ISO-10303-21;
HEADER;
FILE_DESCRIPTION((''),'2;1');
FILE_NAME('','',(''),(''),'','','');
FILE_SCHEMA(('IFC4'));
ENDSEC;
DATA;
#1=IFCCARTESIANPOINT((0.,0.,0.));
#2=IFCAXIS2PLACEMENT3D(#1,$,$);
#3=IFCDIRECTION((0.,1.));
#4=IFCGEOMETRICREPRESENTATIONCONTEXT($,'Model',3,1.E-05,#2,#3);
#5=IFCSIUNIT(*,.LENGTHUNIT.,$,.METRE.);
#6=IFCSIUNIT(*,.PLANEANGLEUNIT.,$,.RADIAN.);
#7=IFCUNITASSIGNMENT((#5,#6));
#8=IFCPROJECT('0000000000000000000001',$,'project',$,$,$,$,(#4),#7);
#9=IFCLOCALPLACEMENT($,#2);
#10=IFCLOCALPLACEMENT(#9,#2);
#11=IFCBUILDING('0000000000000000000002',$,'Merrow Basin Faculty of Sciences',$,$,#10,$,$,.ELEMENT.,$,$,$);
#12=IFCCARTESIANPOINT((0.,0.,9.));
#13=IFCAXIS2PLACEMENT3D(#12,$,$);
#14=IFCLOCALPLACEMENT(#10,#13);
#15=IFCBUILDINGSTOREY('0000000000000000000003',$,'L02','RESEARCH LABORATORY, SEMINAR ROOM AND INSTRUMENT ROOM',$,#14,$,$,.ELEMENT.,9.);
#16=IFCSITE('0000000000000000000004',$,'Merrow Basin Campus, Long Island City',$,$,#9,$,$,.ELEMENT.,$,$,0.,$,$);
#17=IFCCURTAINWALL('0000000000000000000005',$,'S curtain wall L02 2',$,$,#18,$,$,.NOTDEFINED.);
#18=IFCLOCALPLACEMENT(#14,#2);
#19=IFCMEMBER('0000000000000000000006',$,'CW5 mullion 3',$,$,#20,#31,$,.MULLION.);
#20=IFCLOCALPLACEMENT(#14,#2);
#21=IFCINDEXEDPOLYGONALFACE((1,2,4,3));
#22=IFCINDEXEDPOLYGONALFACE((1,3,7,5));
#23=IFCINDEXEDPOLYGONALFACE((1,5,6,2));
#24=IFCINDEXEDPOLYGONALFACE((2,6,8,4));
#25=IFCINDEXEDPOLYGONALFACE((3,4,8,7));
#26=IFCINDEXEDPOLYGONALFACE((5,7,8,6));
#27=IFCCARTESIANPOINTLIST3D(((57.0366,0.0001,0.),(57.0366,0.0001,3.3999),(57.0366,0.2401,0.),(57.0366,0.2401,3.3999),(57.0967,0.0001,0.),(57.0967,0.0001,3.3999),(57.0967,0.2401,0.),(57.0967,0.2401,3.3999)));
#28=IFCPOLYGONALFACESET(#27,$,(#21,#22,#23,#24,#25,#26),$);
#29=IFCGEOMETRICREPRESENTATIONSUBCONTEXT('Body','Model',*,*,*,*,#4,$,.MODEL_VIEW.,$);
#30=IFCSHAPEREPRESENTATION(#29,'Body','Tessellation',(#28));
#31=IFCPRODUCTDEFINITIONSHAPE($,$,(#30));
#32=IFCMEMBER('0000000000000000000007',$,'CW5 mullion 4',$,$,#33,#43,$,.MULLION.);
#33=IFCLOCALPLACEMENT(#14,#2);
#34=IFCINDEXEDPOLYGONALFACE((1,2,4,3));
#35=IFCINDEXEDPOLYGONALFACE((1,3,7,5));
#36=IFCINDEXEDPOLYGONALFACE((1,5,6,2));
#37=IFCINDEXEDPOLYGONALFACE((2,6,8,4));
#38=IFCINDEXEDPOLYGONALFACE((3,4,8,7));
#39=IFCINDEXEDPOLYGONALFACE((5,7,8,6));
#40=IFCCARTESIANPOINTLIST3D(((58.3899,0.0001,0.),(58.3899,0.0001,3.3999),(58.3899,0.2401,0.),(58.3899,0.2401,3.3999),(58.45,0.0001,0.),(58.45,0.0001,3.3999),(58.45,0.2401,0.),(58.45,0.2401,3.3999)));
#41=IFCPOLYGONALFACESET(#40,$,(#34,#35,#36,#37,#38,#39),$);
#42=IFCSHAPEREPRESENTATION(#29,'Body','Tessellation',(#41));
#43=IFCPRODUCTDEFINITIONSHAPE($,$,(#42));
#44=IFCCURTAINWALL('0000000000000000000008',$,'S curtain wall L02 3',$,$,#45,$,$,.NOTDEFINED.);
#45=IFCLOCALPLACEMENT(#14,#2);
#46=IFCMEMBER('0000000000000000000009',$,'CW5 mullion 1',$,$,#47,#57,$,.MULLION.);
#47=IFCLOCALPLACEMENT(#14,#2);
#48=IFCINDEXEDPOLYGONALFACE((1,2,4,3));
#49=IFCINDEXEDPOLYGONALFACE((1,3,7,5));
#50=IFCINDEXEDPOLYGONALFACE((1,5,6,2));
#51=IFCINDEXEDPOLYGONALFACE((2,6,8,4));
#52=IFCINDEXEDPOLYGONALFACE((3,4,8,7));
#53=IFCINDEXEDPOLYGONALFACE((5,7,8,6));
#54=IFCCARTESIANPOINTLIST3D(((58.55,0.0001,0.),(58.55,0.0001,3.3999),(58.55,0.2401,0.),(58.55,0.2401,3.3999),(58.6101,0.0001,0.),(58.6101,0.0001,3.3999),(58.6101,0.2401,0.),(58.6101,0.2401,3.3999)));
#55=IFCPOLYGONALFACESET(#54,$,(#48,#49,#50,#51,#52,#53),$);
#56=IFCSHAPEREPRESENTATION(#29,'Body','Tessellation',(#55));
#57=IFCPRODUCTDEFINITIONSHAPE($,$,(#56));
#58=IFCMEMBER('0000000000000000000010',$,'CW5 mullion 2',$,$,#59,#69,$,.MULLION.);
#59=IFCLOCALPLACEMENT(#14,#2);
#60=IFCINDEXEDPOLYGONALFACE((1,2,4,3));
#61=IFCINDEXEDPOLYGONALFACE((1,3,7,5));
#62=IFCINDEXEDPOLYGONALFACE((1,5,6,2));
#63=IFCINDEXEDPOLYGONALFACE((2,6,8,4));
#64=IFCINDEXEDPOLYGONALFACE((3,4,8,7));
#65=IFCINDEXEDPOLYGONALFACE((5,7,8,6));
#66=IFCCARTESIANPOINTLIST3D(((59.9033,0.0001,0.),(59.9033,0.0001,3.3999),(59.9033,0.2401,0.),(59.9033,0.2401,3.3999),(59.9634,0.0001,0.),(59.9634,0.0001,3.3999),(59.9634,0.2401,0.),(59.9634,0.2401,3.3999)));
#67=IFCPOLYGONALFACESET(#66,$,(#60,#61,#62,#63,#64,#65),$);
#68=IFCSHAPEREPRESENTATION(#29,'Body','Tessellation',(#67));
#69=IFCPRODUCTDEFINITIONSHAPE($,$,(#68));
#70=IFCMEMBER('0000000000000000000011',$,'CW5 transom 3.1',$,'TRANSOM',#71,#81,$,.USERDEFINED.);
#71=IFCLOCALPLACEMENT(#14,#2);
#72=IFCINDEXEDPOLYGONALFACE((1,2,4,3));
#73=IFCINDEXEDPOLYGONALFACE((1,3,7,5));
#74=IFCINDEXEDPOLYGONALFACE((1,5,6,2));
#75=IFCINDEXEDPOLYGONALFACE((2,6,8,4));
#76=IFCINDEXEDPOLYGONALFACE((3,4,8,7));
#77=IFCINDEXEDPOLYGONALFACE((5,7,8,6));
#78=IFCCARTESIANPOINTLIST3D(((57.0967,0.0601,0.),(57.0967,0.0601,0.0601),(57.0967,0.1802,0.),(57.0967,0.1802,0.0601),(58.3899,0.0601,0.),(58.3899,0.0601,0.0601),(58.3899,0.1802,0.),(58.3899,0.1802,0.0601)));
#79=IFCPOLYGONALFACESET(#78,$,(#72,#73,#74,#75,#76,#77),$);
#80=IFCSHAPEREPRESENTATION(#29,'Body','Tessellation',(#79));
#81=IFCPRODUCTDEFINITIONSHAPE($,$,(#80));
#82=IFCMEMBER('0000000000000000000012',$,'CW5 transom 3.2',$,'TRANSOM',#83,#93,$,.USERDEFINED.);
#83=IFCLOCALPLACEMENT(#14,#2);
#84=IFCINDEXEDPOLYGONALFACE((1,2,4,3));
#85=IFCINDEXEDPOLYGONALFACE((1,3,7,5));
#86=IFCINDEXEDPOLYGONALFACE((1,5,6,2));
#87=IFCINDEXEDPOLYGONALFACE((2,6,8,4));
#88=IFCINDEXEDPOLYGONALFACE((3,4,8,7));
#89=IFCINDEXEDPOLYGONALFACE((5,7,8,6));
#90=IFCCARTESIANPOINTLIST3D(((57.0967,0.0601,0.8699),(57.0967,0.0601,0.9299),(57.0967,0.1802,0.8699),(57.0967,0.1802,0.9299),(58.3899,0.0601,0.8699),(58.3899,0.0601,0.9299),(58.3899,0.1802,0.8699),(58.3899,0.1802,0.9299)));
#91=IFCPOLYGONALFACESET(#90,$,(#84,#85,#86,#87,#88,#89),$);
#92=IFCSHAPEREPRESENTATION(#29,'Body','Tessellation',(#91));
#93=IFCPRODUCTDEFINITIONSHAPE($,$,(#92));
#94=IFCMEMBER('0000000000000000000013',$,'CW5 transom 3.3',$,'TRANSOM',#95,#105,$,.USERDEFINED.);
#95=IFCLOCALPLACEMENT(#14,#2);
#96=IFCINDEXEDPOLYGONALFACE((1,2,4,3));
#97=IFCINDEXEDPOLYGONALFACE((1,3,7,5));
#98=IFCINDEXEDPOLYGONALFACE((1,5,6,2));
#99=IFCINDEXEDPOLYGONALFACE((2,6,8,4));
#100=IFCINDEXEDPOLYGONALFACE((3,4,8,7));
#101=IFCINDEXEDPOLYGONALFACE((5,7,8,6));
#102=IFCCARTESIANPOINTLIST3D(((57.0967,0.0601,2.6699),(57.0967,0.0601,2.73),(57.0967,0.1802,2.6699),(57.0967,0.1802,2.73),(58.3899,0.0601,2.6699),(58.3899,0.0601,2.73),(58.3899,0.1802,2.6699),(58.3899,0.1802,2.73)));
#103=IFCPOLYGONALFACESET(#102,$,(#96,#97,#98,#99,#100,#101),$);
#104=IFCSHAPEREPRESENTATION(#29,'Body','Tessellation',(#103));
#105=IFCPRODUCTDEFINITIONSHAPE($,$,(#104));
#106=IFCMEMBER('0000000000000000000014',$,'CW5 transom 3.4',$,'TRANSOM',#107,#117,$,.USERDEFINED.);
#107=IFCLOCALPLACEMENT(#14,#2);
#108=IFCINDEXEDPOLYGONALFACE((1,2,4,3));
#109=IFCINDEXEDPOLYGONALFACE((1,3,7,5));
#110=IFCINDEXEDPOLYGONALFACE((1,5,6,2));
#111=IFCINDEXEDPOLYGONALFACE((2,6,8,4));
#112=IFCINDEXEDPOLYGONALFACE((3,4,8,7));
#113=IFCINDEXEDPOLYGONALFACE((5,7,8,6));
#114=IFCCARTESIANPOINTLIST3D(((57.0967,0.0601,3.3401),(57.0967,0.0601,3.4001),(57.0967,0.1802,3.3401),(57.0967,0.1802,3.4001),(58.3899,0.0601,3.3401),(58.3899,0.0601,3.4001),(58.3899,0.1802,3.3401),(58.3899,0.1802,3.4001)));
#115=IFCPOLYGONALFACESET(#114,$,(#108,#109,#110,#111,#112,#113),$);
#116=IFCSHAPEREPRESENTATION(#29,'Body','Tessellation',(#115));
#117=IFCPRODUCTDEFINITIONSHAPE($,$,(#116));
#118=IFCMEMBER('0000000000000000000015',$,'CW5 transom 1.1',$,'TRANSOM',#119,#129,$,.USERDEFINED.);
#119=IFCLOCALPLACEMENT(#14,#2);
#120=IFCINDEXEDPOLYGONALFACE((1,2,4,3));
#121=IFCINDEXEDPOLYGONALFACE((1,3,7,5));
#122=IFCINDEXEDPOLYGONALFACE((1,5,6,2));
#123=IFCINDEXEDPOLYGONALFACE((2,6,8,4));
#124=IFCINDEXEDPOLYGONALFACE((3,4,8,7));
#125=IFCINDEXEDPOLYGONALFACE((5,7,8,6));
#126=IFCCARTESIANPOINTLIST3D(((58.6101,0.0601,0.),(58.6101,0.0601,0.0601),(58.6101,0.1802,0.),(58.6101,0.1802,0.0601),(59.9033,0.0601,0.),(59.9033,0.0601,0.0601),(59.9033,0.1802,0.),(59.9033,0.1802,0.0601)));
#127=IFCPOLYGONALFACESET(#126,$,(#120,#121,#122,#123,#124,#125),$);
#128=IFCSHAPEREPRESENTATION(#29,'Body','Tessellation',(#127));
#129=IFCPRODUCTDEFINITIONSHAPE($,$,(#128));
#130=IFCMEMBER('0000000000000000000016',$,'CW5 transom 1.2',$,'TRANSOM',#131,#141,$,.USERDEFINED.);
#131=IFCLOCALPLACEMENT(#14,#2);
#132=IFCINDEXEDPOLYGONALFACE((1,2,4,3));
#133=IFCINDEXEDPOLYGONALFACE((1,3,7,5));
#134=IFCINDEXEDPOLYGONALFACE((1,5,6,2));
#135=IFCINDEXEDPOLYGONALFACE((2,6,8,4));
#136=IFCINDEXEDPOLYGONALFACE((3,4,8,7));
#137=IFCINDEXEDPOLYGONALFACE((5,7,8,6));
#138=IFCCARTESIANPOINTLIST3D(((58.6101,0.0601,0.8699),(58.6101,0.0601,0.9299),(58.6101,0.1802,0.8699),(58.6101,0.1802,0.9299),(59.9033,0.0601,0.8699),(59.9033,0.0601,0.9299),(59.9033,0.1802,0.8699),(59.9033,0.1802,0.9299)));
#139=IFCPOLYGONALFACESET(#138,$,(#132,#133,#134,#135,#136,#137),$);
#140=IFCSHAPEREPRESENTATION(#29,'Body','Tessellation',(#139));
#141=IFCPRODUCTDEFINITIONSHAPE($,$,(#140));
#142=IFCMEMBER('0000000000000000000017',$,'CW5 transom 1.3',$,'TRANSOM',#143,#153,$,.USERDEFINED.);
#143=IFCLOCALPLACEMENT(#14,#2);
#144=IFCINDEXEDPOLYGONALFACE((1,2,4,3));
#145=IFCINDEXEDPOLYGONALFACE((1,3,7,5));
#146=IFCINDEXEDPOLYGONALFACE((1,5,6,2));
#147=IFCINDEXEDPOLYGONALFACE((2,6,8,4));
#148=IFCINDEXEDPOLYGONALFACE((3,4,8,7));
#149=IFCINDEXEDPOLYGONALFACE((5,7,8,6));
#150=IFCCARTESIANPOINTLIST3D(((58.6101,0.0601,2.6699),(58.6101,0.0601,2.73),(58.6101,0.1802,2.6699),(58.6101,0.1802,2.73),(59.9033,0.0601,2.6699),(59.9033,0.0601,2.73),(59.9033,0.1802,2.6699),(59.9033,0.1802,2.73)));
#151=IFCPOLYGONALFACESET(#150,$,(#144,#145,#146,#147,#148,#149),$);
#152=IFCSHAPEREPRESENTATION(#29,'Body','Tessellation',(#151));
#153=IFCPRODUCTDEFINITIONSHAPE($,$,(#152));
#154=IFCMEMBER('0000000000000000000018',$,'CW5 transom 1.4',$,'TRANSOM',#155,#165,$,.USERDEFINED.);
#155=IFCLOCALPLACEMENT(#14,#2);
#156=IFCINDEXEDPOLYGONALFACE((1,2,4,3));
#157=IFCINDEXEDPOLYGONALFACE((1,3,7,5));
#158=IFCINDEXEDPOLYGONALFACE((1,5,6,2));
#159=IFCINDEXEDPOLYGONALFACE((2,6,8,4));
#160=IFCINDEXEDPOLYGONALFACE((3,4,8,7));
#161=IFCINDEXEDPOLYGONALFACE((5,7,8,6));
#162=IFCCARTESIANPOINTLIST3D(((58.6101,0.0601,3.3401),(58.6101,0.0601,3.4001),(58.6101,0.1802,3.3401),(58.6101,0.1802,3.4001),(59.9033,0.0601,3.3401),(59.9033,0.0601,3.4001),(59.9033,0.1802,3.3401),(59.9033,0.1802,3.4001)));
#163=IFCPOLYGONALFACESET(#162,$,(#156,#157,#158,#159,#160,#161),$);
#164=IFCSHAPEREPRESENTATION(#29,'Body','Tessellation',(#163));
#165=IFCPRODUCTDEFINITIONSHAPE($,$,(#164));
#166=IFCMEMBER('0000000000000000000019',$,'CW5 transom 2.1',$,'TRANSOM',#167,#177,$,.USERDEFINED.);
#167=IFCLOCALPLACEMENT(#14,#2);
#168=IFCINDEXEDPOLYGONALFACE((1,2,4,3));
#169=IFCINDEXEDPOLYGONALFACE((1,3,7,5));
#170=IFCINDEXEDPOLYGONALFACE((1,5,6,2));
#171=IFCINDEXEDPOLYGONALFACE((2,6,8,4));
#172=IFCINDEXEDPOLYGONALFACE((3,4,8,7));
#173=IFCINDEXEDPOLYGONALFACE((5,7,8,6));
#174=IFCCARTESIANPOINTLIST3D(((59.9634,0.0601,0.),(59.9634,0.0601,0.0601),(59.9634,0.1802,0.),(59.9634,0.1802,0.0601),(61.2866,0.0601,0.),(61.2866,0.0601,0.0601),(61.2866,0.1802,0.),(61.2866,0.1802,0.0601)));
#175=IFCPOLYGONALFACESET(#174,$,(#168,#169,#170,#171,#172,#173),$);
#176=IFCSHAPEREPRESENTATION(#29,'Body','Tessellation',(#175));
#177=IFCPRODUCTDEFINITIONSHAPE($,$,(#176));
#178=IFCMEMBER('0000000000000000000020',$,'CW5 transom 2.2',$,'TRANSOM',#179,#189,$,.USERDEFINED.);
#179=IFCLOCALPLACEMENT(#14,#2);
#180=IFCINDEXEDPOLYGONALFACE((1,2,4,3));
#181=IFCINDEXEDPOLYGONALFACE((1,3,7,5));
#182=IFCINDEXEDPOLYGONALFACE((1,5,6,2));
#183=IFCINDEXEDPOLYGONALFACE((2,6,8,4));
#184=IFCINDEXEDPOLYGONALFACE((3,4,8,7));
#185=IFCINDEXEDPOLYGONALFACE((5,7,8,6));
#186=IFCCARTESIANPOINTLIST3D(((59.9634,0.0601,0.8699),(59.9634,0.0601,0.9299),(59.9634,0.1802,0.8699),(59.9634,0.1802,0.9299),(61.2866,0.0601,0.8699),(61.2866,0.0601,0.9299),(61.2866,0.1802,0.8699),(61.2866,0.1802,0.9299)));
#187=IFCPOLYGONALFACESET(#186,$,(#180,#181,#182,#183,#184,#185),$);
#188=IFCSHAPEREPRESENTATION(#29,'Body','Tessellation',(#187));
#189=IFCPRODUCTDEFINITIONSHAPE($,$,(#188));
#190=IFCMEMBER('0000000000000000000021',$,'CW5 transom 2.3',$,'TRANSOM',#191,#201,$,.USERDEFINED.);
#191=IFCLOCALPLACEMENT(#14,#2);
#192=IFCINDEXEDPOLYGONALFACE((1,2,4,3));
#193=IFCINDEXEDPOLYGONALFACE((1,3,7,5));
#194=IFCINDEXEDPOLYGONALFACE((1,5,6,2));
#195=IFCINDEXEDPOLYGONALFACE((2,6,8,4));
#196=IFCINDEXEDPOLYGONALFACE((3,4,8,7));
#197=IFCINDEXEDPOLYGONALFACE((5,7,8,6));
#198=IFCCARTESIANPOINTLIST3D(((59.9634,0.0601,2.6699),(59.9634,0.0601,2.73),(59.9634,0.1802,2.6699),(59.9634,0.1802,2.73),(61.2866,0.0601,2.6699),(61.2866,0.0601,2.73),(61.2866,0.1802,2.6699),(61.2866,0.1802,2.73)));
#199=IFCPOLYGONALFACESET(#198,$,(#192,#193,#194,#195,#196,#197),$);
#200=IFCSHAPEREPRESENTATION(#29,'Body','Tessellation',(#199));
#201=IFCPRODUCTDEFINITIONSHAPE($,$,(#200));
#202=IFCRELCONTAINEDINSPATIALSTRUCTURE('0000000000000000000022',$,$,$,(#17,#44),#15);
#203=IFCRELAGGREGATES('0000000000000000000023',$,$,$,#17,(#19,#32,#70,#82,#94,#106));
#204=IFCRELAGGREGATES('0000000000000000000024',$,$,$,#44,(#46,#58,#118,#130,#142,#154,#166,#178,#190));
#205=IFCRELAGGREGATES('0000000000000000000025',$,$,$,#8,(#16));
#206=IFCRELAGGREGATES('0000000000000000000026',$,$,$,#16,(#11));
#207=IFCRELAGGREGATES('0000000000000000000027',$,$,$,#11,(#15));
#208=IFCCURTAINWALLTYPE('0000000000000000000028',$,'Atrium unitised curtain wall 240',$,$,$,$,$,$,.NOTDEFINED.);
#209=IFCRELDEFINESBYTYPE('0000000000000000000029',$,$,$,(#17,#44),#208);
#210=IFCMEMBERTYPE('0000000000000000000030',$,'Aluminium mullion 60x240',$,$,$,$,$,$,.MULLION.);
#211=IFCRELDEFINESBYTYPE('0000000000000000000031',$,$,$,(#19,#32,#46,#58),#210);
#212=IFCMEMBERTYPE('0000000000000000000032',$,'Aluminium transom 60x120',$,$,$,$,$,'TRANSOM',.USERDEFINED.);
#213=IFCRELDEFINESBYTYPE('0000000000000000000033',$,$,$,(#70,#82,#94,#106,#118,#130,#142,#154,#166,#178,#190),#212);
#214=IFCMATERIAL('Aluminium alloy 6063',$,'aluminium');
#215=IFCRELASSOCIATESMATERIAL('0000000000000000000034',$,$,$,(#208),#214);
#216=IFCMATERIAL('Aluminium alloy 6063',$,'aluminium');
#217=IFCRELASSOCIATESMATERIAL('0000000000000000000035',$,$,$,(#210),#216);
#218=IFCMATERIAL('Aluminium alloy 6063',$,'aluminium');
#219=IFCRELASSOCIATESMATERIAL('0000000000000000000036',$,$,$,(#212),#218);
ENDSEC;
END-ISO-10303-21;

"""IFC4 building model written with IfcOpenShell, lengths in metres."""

from ifc_helpers import new_model, si_unit, direction, frame, origin, origin_2d, place, context, subcontext, project, spatial, rectangle, extrude, material, material_profile, profile_set, type_object, element, aggregate, save


model = new_model("IFC4")

# Units and contexts
model_context = context("Model", 3, precision=1e-05, world=origin(), true_north=direction((0.0, 1.0)))
body_context = subcontext(model_context, "Body", "Model", "MODEL_VIEW")
ifc_project = project(units=[si_unit("LENGTHUNIT", "METRE"), si_unit("PLANEANGLEUNIT", "RADIAN")], contexts=[model_context])

# Site, building, storey
site_placement = place(None, origin())
site = spatial("IfcSite", under=ifc_project, at=site_placement, Name="Merrow Basin Campus, Long Island City", CompositionType="ELEMENT", RefElevation=0.0)
building_placement = place(site_placement, origin())
building = spatial("IfcBuilding", under=site, at=building_placement, Name="Merrow Basin Faculty of Sciences", CompositionType="ELEMENT")
storey_placement = place(building_placement, frame((0.0, 0.0, 9.0)))
storey = spatial("IfcBuildingStorey", under=building, at=storey_placement, Name="L02", Description="RESEARCH LABORATORY, SEMINAR ROOM AND INSTRUMENT ROOM", CompositionType="ELEMENT", Elevation=9.0)

# Curtain walls, members
ifc_material_1 = material(Name="Aluminium alloy 6063", Category="aluminium")
curtain_wall_type = type_object("IfcCurtainWallType", Name="Atrium unitised curtain wall 240", PredefinedType="NOTDEFINED", material=ifc_material_1)
curtain_wall_1_placement = place(storey_placement, origin())
curtain_wall_1 = element("IfcCurtainWall", 1, at=curtain_wall_1_placement, inside=storey, type_object=curtain_wall_type, Name="S curtain wall L02 2", PredefinedType="NOTDEFINED")
ifc_material_2 = material(Name="Aluminium alloy 6063", Category="aluminium")
ifc_material_profile_1 = material_profile(ifc_material_2, rectangle(XDim=0.24, YDim=0.0601, at=origin_2d()))
ifc_profile_set_1 = profile_set([ifc_material_profile_1], Name="Aluminium alloy 6063")
member_type_1 = type_object("IfcMemberType", Name="Aluminium mullion 60x240", PredefinedType="MULLION", material=ifc_profile_set_1)
member_1_placement = place(storey_placement, frame((57.0667, 0.1201, 0.0), z_axis=(0.0, 0.0, 1.0), x_axis=(0.0, 1.0, 0.0)))
member_1 = element("IfcMember", 2, at=member_1_placement, type_object=member_type_1, Name="CW5 mullion 3", PredefinedType="MULLION", context=body_context, shape_type="SweptSolid", body=[
    extrude(rectangle(XDim=0.24, YDim=0.0601, at=origin_2d()), origin(), (0.0, 0.0, 1.0), 3.3999),
])
member_2_placement = place(storey_placement, frame((58.4199, 0.1201, 0.0), z_axis=(0.0, 0.0, 1.0), x_axis=(0.0, 1.0, 0.0)))
member_2 = element("IfcMember", 3, at=member_2_placement, type_object=member_type_1, Name="CW5 mullion 4", PredefinedType="MULLION", context=body_context, shape_type="SweptSolid", body=[
    extrude(rectangle(XDim=0.24, YDim=0.0601, at=origin_2d()), origin(), (0.0, 0.0, 1.0), 3.3999),
])
curtain_wall_2_placement = place(storey_placement, origin())
curtain_wall_2 = element("IfcCurtainWall", 4, at=curtain_wall_2_placement, inside=storey, type_object=curtain_wall_type, Name="S curtain wall L02 3", PredefinedType="NOTDEFINED")
member_3_placement = place(storey_placement, frame((58.5801, 0.1201, 0.0), z_axis=(0.0, 0.0, 1.0), x_axis=(0.0, 1.0, 0.0)))
member_3 = element("IfcMember", 5, at=member_3_placement, type_object=member_type_1, Name="CW5 mullion 1", PredefinedType="MULLION", context=body_context, shape_type="SweptSolid", body=[
    extrude(rectangle(XDim=0.24, YDim=0.0601, at=origin_2d()), origin(), (0.0, 0.0, 1.0), 3.3999),
])
member_4_placement = place(storey_placement, frame((59.9333, 0.1201, 0.0), z_axis=(0.0, 0.0, 1.0), x_axis=(0.0, 1.0, 0.0)))
member_4 = element("IfcMember", 6, at=member_4_placement, type_object=member_type_1, Name="CW5 mullion 2", PredefinedType="MULLION", context=body_context, shape_type="SweptSolid", body=[
    extrude(rectangle(XDim=0.24, YDim=0.0601, at=origin_2d()), origin(), (0.0, 0.0, 1.0), 3.3999),
])

# Members
ifc_material_3 = material(Name="Aluminium alloy 6063", Category="aluminium")
ifc_material_profile_2 = material_profile(ifc_material_3, rectangle(XDim=0.1201, YDim=0.0601, at=origin_2d()))
ifc_profile_set_2 = profile_set([ifc_material_profile_2], Name="Aluminium alloy 6063")
member_type_2 = type_object("IfcMemberType", Name="Aluminium transom 60x120", ElementType="TRANSOM", PredefinedType="USERDEFINED", material=ifc_profile_set_2)
member_5_placement = place(storey_placement, frame((57.0967, 0.1201, 0.03), z_axis=(1.0, 0.0, 0.0), x_axis=(0.0, 1.0, 0.0)))
member_5 = element("IfcMember", 7, at=member_5_placement, type_object=member_type_2, Name="CW5 transom 3.1", ObjectType="TRANSOM", PredefinedType="USERDEFINED", context=body_context, shape_type="SweptSolid", body=[
    extrude(rectangle(XDim=0.1201, YDim=0.0601, at=origin_2d()), origin(), (0.0, 0.0, 1.0), 1.2932),
])
member_6_placement = place(storey_placement, frame((57.0967, 0.1201, 0.8999), z_axis=(1.0, 0.0, 0.0), x_axis=(0.0, 1.0, 0.0)))
member_6 = element("IfcMember", 8, at=member_6_placement, type_object=member_type_2, Name="CW5 transom 3.2", ObjectType="TRANSOM", PredefinedType="USERDEFINED", context=body_context, shape_type="SweptSolid", body=[
    extrude(rectangle(XDim=0.1201, YDim=0.0601, at=origin_2d()), origin(), (0.0, 0.0, 1.0), 1.2932),
])
member_7_placement = place(storey_placement, frame((57.0967, 0.1201, 2.7), z_axis=(1.0, 0.0, 0.0), x_axis=(0.0, 1.0, 0.0)))
member_7 = element("IfcMember", 9, at=member_7_placement, type_object=member_type_2, Name="CW5 transom 3.3", ObjectType="TRANSOM", PredefinedType="USERDEFINED", context=body_context, shape_type="SweptSolid", body=[
    extrude(rectangle(XDim=0.1201, YDim=0.0601, at=origin_2d()), origin(), (0.0, 0.0, 1.0), 1.2932),
])
member_8_placement = place(storey_placement, frame((57.0967, 0.1201, 3.3701), z_axis=(1.0, 0.0, 0.0), x_axis=(0.0, 1.0, 0.0)))
member_8 = element("IfcMember", 10, at=member_8_placement, type_object=member_type_2, Name="CW5 transom 3.4", ObjectType="TRANSOM", PredefinedType="USERDEFINED", context=body_context, shape_type="SweptSolid", body=[
    extrude(rectangle(XDim=0.1201, YDim=0.0601, at=origin_2d()), origin(), (0.0, 0.0, 1.0), 1.2932),
])
member_9_placement = place(storey_placement, frame((58.6101, 0.1201, 0.03), z_axis=(1.0, 0.0, 0.0), x_axis=(0.0, 1.0, 0.0)))
member_9 = element("IfcMember", 11, at=member_9_placement, type_object=member_type_2, Name="CW5 transom 1.1", ObjectType="TRANSOM", PredefinedType="USERDEFINED", context=body_context, shape_type="SweptSolid", body=[
    extrude(rectangle(XDim=0.1201, YDim=0.0601, at=origin_2d()), origin(), (0.0, 0.0, 1.0), 1.2932),
])
member_10_placement = place(storey_placement, frame((58.6101, 0.1201, 0.8999), z_axis=(1.0, 0.0, 0.0), x_axis=(0.0, 1.0, 0.0)))
member_10 = element("IfcMember", 12, at=member_10_placement, type_object=member_type_2, Name="CW5 transom 1.2", ObjectType="TRANSOM", PredefinedType="USERDEFINED", context=body_context, shape_type="SweptSolid", body=[
    extrude(rectangle(XDim=0.1201, YDim=0.0601, at=origin_2d()), origin(), (0.0, 0.0, 1.0), 1.2932),
])
member_11_placement = place(storey_placement, frame((58.6101, 0.1201, 2.7), z_axis=(1.0, 0.0, 0.0), x_axis=(0.0, 1.0, 0.0)))
member_11 = element("IfcMember", 13, at=member_11_placement, type_object=member_type_2, Name="CW5 transom 1.3", ObjectType="TRANSOM", PredefinedType="USERDEFINED", context=body_context, shape_type="SweptSolid", body=[
    extrude(rectangle(XDim=0.1201, YDim=0.0601, at=origin_2d()), origin(), (0.0, 0.0, 1.0), 1.2932),
])
member_12_placement = place(storey_placement, frame((58.6101, 0.1201, 3.3701), z_axis=(1.0, 0.0, 0.0), x_axis=(0.0, 1.0, 0.0)))
member_12 = element("IfcMember", 14, at=member_12_placement, type_object=member_type_2, Name="CW5 transom 1.4", ObjectType="TRANSOM", PredefinedType="USERDEFINED", context=body_context, shape_type="SweptSolid", body=[
    extrude(rectangle(XDim=0.1201, YDim=0.0601, at=origin_2d()), origin(), (0.0, 0.0, 1.0), 1.2932),
])
member_13_placement = place(storey_placement, frame((59.9634, 0.1201, 0.03), z_axis=(1.0, 0.0, 0.0), x_axis=(0.0, 1.0, 0.0)))
member_13 = element("IfcMember", 15, at=member_13_placement, type_object=member_type_2, Name="CW5 transom 2.1", ObjectType="TRANSOM", PredefinedType="USERDEFINED", context=body_context, shape_type="SweptSolid", body=[
    extrude(rectangle(XDim=0.1201, YDim=0.0601, at=origin_2d()), origin(), (0.0, 0.0, 1.0), 1.3232),
])
member_14_placement = place(storey_placement, frame((59.9634, 0.1201, 0.8999), z_axis=(1.0, 0.0, 0.0), x_axis=(0.0, 1.0, 0.0)))
member_14 = element("IfcMember", 16, at=member_14_placement, type_object=member_type_2, Name="CW5 transom 2.2", ObjectType="TRANSOM", PredefinedType="USERDEFINED", context=body_context, shape_type="SweptSolid", body=[
    extrude(rectangle(XDim=0.1201, YDim=0.0601, at=origin_2d()), origin(), (0.0, 0.0, 1.0), 1.3232),
])
member_15_placement = place(storey_placement, frame((59.9634, 0.1201, 2.7), z_axis=(1.0, 0.0, 0.0), x_axis=(0.0, 1.0, 0.0)))
member_15 = element("IfcMember", 17, at=member_15_placement, type_object=member_type_2, Name="CW5 transom 2.3", ObjectType="TRANSOM", PredefinedType="USERDEFINED", context=body_context, shape_type="SweptSolid", body=[
    extrude(rectangle(XDim=0.1201, YDim=0.0601, at=origin_2d()), origin(), (0.0, 0.0, 1.0), 1.3232),
])

aggregate(curtain_wall_1, [member_1, member_2, member_5, member_6, member_7, member_8])
aggregate(curtain_wall_2, [member_3, member_4, member_9, member_10, member_11, member_12, member_13, member_14, member_15])

save(model, "model.ifc")
